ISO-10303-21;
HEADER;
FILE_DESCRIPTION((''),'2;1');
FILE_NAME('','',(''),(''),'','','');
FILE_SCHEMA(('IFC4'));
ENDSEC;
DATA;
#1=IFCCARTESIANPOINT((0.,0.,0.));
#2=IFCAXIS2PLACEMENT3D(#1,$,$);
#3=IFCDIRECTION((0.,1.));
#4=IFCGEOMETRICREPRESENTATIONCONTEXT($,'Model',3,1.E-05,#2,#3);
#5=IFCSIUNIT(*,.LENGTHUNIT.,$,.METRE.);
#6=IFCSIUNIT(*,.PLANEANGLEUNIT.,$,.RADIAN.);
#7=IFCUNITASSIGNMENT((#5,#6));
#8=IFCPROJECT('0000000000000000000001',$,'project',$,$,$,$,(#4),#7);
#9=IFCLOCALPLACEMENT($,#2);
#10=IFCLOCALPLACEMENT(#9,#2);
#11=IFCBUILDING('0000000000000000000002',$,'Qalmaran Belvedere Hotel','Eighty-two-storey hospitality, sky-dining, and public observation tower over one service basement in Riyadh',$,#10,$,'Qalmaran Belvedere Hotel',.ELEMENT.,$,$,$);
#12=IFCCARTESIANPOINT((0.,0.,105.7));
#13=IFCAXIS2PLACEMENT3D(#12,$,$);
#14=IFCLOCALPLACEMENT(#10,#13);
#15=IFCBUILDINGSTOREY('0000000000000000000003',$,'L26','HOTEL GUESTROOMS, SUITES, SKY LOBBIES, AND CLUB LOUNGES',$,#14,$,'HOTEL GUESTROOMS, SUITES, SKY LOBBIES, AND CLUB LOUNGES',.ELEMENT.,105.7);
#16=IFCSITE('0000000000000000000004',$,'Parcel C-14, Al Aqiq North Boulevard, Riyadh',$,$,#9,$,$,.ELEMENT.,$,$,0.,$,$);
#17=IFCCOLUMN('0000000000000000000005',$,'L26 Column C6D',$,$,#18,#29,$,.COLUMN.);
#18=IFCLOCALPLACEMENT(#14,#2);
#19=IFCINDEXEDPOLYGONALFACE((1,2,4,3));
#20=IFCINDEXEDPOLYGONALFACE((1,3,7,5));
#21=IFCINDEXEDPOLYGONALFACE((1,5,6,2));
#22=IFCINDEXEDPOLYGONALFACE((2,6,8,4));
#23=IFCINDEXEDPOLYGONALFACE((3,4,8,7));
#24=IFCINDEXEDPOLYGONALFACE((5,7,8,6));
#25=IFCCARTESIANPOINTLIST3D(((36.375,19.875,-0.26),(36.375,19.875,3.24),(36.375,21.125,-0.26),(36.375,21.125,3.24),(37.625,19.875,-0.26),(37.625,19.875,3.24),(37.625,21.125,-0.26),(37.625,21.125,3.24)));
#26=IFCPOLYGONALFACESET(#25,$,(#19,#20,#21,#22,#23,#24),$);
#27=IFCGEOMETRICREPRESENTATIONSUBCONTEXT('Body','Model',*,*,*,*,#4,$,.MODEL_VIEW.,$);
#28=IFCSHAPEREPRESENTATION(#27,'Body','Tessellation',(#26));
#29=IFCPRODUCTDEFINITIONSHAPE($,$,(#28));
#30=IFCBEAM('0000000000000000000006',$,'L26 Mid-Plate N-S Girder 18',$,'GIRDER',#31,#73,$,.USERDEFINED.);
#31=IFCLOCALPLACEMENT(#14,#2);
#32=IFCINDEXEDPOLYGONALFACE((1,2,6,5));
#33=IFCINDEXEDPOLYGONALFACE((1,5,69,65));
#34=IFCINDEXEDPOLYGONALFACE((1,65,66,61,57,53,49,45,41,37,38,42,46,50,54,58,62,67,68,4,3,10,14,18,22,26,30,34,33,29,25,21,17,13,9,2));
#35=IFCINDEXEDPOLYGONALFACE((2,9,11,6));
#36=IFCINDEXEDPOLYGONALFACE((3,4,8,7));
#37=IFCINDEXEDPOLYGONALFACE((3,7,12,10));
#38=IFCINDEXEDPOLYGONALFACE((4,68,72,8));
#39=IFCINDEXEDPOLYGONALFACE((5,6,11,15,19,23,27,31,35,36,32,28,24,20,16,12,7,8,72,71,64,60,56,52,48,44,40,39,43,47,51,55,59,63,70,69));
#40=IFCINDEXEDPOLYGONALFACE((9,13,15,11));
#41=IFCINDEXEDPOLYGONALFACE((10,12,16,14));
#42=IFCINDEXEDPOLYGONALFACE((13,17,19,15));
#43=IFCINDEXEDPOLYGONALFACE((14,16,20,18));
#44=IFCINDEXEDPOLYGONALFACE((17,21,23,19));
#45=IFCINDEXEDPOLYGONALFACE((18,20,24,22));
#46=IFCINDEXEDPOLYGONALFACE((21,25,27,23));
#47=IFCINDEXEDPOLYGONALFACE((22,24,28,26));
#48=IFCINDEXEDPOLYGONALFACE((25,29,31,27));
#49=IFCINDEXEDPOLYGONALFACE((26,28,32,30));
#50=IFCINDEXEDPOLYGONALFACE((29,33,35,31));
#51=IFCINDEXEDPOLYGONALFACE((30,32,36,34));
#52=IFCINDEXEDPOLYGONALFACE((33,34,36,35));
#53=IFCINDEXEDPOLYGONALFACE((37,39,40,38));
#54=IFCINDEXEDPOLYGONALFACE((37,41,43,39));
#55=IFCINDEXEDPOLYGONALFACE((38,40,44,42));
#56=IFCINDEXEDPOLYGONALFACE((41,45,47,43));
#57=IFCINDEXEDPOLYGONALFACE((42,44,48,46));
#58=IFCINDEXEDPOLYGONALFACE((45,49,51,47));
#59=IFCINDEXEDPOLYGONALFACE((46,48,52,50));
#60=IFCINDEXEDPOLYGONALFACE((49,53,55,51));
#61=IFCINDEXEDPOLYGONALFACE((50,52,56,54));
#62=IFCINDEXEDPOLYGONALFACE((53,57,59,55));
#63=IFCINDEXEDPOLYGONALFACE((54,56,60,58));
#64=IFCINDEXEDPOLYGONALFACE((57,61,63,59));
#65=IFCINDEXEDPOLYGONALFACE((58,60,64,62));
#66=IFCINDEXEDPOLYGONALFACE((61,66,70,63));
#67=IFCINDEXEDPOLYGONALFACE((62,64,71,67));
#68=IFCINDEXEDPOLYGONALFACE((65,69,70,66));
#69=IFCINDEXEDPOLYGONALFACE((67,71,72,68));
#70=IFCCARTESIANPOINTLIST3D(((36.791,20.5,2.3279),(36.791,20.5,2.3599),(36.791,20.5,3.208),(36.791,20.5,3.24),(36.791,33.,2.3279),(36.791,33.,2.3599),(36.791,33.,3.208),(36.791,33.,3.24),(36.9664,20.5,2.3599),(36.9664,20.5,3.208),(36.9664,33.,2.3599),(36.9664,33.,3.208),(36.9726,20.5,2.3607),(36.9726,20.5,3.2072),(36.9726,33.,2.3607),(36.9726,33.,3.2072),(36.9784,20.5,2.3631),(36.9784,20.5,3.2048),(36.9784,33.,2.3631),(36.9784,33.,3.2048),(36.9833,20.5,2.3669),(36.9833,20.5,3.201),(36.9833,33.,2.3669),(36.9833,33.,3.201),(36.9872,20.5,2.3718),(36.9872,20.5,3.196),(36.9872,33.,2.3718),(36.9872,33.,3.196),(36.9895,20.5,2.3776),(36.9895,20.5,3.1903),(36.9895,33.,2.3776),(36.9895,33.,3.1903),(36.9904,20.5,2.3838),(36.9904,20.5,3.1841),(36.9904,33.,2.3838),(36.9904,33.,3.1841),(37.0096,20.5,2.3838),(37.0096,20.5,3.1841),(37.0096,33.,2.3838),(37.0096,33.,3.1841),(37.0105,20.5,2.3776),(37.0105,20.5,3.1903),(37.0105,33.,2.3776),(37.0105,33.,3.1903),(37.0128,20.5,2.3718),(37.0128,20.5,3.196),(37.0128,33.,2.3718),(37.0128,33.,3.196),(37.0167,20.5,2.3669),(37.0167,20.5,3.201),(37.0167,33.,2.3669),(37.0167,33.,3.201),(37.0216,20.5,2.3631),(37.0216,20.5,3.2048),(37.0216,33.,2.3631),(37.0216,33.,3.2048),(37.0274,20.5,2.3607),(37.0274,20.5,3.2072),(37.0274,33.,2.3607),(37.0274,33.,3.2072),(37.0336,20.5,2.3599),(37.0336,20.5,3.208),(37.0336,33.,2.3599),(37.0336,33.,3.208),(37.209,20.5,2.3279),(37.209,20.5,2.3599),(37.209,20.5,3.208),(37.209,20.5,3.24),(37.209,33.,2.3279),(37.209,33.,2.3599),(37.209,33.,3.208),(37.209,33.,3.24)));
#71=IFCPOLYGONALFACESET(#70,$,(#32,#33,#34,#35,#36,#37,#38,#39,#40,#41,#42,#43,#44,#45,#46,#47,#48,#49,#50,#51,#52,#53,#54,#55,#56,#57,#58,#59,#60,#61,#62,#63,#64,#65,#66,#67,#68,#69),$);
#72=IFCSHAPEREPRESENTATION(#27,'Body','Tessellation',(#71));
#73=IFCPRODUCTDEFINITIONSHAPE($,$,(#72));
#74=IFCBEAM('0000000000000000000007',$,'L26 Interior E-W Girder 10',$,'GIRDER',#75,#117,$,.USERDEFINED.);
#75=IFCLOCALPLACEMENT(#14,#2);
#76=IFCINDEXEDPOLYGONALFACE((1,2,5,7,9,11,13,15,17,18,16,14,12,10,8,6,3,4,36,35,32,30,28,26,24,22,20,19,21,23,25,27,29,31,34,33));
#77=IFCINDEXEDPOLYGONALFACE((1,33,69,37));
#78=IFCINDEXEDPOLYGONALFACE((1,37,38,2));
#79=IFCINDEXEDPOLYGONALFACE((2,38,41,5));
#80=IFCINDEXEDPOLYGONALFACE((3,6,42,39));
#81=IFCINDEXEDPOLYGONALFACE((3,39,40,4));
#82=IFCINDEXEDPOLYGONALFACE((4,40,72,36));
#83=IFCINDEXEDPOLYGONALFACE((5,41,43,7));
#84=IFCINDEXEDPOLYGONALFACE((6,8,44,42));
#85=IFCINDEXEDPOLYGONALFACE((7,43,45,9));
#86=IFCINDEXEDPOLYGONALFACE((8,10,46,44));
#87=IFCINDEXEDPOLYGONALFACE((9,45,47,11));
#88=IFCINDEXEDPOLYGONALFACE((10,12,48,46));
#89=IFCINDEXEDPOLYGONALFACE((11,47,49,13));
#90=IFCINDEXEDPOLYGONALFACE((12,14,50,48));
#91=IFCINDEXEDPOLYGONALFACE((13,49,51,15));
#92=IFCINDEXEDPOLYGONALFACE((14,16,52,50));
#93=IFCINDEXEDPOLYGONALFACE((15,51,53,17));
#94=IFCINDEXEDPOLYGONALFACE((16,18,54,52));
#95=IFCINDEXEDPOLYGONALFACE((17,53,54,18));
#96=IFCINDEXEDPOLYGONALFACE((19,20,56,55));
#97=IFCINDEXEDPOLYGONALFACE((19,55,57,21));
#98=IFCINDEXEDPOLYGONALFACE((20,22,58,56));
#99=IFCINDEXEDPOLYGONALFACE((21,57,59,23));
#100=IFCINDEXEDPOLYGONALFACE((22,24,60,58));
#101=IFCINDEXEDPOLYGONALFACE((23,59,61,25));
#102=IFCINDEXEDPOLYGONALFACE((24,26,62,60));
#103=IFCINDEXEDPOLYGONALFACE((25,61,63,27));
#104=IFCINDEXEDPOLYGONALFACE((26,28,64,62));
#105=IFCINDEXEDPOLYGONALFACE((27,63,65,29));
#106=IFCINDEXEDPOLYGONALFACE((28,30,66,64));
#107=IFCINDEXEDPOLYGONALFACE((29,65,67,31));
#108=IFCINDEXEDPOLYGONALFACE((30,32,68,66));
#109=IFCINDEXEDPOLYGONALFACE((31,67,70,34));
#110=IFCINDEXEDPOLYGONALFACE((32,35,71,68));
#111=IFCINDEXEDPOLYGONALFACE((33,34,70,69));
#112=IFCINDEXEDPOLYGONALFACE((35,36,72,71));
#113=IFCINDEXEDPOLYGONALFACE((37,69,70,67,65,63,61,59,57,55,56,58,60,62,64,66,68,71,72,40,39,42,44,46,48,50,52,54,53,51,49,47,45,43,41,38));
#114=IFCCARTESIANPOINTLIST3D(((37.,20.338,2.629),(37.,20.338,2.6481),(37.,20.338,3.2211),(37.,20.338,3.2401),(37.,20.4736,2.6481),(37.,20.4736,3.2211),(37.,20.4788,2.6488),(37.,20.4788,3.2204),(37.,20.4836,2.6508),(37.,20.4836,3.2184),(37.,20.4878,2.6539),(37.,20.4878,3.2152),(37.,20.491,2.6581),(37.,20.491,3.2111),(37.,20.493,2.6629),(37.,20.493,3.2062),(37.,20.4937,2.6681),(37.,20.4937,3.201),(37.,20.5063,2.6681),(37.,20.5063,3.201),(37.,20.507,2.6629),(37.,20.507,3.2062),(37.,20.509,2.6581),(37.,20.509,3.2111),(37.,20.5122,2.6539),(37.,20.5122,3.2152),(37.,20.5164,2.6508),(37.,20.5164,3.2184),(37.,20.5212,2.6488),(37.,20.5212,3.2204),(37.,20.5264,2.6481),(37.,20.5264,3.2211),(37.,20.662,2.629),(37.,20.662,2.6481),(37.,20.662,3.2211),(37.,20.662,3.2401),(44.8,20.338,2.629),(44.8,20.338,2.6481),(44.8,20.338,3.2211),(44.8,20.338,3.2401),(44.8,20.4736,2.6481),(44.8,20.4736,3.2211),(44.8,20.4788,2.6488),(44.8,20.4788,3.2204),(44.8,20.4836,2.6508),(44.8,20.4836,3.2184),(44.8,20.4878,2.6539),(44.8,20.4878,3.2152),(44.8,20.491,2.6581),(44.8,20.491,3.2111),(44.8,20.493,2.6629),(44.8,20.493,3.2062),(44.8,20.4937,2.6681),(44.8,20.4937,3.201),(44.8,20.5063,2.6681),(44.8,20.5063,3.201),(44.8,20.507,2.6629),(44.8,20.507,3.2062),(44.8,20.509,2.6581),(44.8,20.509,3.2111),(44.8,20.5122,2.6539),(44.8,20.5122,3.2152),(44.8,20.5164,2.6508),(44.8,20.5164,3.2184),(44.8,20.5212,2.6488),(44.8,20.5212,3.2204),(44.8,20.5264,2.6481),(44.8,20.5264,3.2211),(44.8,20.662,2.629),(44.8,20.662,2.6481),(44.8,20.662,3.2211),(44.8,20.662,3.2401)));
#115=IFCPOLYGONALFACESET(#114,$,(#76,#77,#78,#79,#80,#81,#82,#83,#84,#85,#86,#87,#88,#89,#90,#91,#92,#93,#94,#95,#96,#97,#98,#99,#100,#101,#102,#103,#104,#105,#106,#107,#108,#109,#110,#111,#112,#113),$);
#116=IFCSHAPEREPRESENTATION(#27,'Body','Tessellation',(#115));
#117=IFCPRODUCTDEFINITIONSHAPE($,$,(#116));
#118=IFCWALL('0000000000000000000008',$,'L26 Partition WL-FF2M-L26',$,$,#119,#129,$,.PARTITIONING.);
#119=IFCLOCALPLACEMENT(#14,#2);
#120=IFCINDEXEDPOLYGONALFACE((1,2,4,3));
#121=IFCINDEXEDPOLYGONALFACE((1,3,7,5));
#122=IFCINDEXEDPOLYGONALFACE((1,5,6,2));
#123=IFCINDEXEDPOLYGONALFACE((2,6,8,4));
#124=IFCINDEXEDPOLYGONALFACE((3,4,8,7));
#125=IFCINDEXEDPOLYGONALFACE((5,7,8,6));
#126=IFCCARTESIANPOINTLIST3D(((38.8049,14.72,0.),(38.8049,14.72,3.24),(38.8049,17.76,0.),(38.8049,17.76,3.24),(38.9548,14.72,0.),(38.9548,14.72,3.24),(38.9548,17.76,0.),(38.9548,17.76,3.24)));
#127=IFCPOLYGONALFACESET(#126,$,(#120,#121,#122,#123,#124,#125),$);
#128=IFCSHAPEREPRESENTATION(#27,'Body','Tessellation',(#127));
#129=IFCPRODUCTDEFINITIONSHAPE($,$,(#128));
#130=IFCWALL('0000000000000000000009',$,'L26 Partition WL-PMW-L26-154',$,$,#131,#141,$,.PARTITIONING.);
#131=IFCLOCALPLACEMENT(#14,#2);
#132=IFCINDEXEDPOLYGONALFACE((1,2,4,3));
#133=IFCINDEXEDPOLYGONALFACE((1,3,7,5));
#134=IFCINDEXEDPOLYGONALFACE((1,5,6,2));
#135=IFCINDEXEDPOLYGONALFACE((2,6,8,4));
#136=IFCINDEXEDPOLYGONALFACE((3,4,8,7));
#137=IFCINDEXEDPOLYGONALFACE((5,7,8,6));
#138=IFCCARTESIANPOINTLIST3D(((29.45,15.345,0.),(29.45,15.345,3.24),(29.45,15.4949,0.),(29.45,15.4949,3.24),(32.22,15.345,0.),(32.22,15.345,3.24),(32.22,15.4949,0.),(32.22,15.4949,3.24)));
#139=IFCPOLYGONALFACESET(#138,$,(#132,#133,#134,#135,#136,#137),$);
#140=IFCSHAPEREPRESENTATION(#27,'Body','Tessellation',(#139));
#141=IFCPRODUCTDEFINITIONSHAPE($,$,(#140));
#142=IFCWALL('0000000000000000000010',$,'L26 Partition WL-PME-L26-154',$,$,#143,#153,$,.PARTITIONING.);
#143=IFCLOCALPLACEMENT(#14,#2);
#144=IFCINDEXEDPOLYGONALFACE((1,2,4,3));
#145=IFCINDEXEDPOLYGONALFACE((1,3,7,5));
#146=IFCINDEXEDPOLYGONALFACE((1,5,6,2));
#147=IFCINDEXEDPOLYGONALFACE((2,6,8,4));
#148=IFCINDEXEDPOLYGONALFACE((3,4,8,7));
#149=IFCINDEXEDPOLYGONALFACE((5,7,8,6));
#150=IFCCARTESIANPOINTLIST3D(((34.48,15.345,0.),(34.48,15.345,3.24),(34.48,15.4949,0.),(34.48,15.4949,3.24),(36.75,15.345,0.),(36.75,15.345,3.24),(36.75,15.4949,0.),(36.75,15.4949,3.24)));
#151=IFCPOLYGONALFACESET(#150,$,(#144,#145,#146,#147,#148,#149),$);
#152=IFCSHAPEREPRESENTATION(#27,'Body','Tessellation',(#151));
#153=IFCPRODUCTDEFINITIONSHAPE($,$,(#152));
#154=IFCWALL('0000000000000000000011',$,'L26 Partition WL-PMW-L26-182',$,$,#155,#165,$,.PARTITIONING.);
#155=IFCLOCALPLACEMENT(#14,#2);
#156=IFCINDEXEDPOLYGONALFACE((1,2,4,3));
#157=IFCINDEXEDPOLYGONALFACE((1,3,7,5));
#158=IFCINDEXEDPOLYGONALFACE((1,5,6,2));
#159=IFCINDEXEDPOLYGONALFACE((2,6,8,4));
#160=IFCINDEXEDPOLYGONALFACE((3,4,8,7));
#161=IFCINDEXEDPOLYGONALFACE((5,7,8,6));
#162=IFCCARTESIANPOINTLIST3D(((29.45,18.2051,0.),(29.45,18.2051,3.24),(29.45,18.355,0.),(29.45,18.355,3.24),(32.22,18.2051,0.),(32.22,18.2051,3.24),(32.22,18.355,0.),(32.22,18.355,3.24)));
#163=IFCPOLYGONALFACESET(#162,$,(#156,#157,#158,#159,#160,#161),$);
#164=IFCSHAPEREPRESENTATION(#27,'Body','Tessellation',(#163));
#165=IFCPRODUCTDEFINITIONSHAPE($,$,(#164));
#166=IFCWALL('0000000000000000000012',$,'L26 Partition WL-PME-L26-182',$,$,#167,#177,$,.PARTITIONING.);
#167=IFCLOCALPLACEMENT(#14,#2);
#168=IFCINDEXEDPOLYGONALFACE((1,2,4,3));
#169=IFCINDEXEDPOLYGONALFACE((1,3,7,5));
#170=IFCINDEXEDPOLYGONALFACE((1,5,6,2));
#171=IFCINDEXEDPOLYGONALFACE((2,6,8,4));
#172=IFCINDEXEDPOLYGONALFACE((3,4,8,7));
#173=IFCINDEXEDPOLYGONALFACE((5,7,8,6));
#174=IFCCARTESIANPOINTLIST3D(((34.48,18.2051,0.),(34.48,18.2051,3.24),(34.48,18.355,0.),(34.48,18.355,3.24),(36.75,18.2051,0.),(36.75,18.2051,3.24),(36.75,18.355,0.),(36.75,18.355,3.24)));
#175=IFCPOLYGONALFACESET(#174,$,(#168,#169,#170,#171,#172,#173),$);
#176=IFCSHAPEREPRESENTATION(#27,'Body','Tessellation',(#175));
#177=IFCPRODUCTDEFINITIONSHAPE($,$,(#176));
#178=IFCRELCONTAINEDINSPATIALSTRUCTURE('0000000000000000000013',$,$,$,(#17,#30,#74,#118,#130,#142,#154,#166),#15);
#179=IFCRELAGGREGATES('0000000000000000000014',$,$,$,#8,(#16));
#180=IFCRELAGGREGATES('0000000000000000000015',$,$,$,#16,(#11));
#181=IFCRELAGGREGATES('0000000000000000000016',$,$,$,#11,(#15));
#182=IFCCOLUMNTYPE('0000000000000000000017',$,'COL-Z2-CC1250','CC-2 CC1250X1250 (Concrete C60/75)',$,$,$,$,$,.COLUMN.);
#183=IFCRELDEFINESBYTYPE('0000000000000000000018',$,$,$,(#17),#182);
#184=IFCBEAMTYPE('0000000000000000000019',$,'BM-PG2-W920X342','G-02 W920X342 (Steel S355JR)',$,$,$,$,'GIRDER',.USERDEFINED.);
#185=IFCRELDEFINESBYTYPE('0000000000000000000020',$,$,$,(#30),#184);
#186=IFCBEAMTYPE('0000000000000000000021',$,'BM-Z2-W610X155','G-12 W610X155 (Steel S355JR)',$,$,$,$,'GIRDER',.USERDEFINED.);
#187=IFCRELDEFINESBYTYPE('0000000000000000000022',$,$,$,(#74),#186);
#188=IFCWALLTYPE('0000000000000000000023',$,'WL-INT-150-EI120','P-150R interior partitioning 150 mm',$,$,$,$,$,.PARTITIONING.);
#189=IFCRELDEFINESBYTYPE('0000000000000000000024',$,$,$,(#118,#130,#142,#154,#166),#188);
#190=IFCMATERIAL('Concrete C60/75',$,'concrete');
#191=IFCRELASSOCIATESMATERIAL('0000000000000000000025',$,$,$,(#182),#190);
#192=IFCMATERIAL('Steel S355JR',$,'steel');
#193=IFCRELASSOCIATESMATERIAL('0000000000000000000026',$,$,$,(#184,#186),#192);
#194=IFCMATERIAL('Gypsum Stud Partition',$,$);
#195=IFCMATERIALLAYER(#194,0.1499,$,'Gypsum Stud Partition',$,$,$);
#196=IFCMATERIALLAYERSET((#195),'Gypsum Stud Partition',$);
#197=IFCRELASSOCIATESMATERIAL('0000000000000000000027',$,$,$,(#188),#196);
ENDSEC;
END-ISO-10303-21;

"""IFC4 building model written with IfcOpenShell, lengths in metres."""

from ifc_helpers import new_model, si_unit, direction, frame, frame_2d, origin, origin_2d, place, context, subcontext, project, spatial, rectangle, i_section, extrude, material, layer, layer_set, material_profile, profile_set, type_object, element, save


model = new_model("IFC4")

# Units and contexts
model_context = context("Model", 3, precision=1e-05, world=origin(), true_north=direction((0.0, 1.0)))
body_context = subcontext(model_context, "Body", "Model", "MODEL_VIEW")
ifc_project = project(units=[si_unit("LENGTHUNIT", "METRE"), si_unit("PLANEANGLEUNIT", "RADIAN")], contexts=[model_context])

# Site, building, storey
site_placement = place(None, origin())
site = spatial("IfcSite", under=ifc_project, at=site_placement, Name="Parcel C-14, Al Aqiq North Boulevard, Riyadh", CompositionType="ELEMENT", RefElevation=0.0)
building_placement = place(site_placement, origin())
building = spatial("IfcBuilding", under=site, at=building_placement, Name="Qalmaran Belvedere Hotel", Description="Eighty-two-storey hospitality, sky-dining, and public observation tower over one service basement in Riyadh", LongName="Qalmaran Belvedere Hotel", CompositionType="ELEMENT")
storey_placement = place(building_placement, frame((0.0, 0.0, 105.7)))
storey = spatial("IfcBuildingStorey", under=building, at=storey_placement, Name="L26", Description="HOTEL GUESTROOMS, SUITES, SKY LOBBIES, AND CLUB LOUNGES", LongName="HOTEL GUESTROOMS, SUITES, SKY LOBBIES, AND CLUB LOUNGES", CompositionType="ELEMENT", Elevation=105.7)

# Column
ifc_material_1 = material(Name="Concrete C60/75", Category="concrete")
ifc_material_profile_1 = material_profile(ifc_material_1, rectangle(XDim=1.25, YDim=1.25, at=origin_2d()), Name="CC1250X1250")
ifc_profile_set_1 = profile_set([ifc_material_profile_1], Name="Concrete C60/75")
column_type = type_object("IfcColumnType", Name="COL-Z2-CC1250", Description="CC-2 CC1250X1250 (Concrete C60/75)", PredefinedType="COLUMN", material=ifc_profile_set_1)
column_placement = place(storey_placement, frame((37.0, 20.5, -0.26), z_axis=(0.0, 0.0, 1.0), x_axis=(1.0, 0.0, 0.0)))
element("IfcColumn", 1, at=column_placement, inside=storey, type_object=column_type, Name="L26 Column C6D", PredefinedType="COLUMN", context=body_context, shape_type="SweptSolid", body=[
    extrude(rectangle(XDim=1.25, YDim=1.25, at=origin_2d()), origin(), (0.0, 0.0, 1.0), 3.5),
])

# Beams
ifc_material_2 = material(Name="Steel S355JR", Category="steel")
ifc_material_profile_2 = material_profile(ifc_material_2, i_section(OverallWidth=0.418, OverallDepth=0.9121, WebThickness=0.0193, FlangeThickness=0.032, FilletRadius=0.0239, at=origin_2d()), Name="W920X342")
ifc_profile_set_2 = profile_set([ifc_material_profile_2], Name="Steel S355JR")
beam_type_1 = type_object("IfcBeamType", Name="BM-PG2-W920X342", Description="G-02 W920X342 (Steel S355JR)", ElementType="GIRDER", PredefinedType="USERDEFINED", material=ifc_profile_set_2)
beam_1_placement = place(storey_placement, frame((37.0, 20.5, 2.7839), z_axis=(0.0, 1.0, 0.0), x_axis=(-1.0, 0.0, 0.0)))
element("IfcBeam", 2, at=beam_1_placement, inside=storey, type_object=beam_type_1, Name="L26 Mid-Plate N-S Girder 18", ObjectType="GIRDER", PredefinedType="USERDEFINED", context=body_context, shape_type="SweptSolid", body=[
    extrude(i_section(OverallWidth=0.418, OverallDepth=0.9121, WebThickness=0.0193, FlangeThickness=0.032, FilletRadius=0.0239, at=origin_2d()), origin(), (0.0, 0.0, 1.0), 12.5),
])
ifc_material_profile_3 = material_profile(ifc_material_2, i_section(OverallWidth=0.324, OverallDepth=0.6111, WebThickness=0.0127, FlangeThickness=0.019, FilletRadius=0.02, at=origin_2d()), Name="W610X155")
ifc_profile_set_3 = profile_set([ifc_material_profile_3], Name="Steel S355JR")
beam_type_2 = type_object("IfcBeamType", Name="BM-Z2-W610X155", Description="G-12 W610X155 (Steel S355JR)", ElementType="GIRDER", PredefinedType="USERDEFINED", material=ifc_profile_set_3)
beam_2_placement = place(storey_placement, frame((37.0, 20.5, 2.9346), z_axis=(1.0, 0.0, 0.0), x_axis=(0.0, 1.0, 0.0)))
element("IfcBeam", 3, at=beam_2_placement, inside=storey, type_object=beam_type_2, Name="L26 Interior E-W Girder 10", ObjectType="GIRDER", PredefinedType="USERDEFINED", context=body_context, shape_type="SweptSolid", body=[
    extrude(i_section(OverallWidth=0.324, OverallDepth=0.6111, WebThickness=0.0127, FlangeThickness=0.019, FilletRadius=0.02, at=origin_2d()), origin(), (0.0, 0.0, 1.0), 7.8),
])

# Walls
ifc_material_3 = material(Name="Gypsum Stud Partition")
ifc_layer_1 = layer(ifc_material_3, 0.1499, Name="Gypsum Stud Partition")
ifc_layer_set_1 = layer_set([ifc_layer_1], Name="Gypsum Stud Partition")
wall_type_1 = type_object("IfcWallType", Name="WL-INT-150-EI120", Description="P-150R interior partitioning 150 mm", PredefinedType="PARTITIONING", material=ifc_layer_set_1)
wall_1_placement = place(storey_placement, frame((38.8799, 14.72, 0.0), z_axis=(0.0, 0.0, 1.0), x_axis=(0.0, 1.0, 0.0)))
element("IfcWall", 4, at=wall_1_placement, inside=storey, type_object=wall_type_1, Name="L26 Partition WL-FF2M-L26", PredefinedType="PARTITIONING", context=body_context, shape_type="SweptSolid", body=[
    extrude(rectangle(XDim=3.04, YDim=0.1499, at=frame_2d((1.52, 0.0))), origin(), (0.0, 0.0, 1.0), 3.24),
])
wall_2_placement = place(storey_placement, frame((29.45, 15.4199, 0.0), z_axis=(0.0, 0.0, 1.0), x_axis=(1.0, 0.0, 0.0)))
element("IfcWall", 5, at=wall_2_placement, inside=storey, type_object=wall_type_1, Name="L26 Partition WL-PMW-L26-154", PredefinedType="PARTITIONING", context=body_context, shape_type="SweptSolid", body=[
    extrude(rectangle(XDim=2.77, YDim=0.1499, at=frame_2d((1.385, 0.0))), origin(), (0.0, 0.0, 1.0), 3.24),
])
wall_3_placement = place(storey_placement, frame((34.48, 15.4199, 0.0), z_axis=(0.0, 0.0, 1.0), x_axis=(1.0, 0.0, 0.0)))
element("IfcWall", 6, at=wall_3_placement, inside=storey, type_object=wall_type_1, Name="L26 Partition WL-PME-L26-154", PredefinedType="PARTITIONING", context=body_context, shape_type="SweptSolid", body=[
    extrude(rectangle(XDim=2.27, YDim=0.1499, at=frame_2d((1.135, 0.0))), origin(), (0.0, 0.0, 1.0), 3.24),
])
wall_4_placement = place(storey_placement, frame((29.45, 18.28, 0.0), z_axis=(0.0, 0.0, 1.0), x_axis=(1.0, 0.0, 0.0)))
element("IfcWall", 7, at=wall_4_placement, inside=storey, type_object=wall_type_1, Name="L26 Partition WL-PMW-L26-182", PredefinedType="PARTITIONING", context=body_context, shape_type="SweptSolid", body=[
    extrude(rectangle(XDim=2.77, YDim=0.1499, at=frame_2d((1.385, 0.0))), origin(), (0.0, 0.0, 1.0), 3.24),
])
wall_5_placement = place(storey_placement, frame((34.48, 18.28, 0.0), z_axis=(0.0, 0.0, 1.0), x_axis=(1.0, 0.0, 0.0)))
element("IfcWall", 8, at=wall_5_placement, inside=storey, type_object=wall_type_1, Name="L26 Partition WL-PME-L26-182", PredefinedType="PARTITIONING", context=body_context, shape_type="SweptSolid", body=[
    extrude(rectangle(XDim=2.27, YDim=0.1499, at=frame_2d((1.135, 0.0))), origin(), (0.0, 0.0, 1.0), 3.24),
])

save(model, "model.ifc")
